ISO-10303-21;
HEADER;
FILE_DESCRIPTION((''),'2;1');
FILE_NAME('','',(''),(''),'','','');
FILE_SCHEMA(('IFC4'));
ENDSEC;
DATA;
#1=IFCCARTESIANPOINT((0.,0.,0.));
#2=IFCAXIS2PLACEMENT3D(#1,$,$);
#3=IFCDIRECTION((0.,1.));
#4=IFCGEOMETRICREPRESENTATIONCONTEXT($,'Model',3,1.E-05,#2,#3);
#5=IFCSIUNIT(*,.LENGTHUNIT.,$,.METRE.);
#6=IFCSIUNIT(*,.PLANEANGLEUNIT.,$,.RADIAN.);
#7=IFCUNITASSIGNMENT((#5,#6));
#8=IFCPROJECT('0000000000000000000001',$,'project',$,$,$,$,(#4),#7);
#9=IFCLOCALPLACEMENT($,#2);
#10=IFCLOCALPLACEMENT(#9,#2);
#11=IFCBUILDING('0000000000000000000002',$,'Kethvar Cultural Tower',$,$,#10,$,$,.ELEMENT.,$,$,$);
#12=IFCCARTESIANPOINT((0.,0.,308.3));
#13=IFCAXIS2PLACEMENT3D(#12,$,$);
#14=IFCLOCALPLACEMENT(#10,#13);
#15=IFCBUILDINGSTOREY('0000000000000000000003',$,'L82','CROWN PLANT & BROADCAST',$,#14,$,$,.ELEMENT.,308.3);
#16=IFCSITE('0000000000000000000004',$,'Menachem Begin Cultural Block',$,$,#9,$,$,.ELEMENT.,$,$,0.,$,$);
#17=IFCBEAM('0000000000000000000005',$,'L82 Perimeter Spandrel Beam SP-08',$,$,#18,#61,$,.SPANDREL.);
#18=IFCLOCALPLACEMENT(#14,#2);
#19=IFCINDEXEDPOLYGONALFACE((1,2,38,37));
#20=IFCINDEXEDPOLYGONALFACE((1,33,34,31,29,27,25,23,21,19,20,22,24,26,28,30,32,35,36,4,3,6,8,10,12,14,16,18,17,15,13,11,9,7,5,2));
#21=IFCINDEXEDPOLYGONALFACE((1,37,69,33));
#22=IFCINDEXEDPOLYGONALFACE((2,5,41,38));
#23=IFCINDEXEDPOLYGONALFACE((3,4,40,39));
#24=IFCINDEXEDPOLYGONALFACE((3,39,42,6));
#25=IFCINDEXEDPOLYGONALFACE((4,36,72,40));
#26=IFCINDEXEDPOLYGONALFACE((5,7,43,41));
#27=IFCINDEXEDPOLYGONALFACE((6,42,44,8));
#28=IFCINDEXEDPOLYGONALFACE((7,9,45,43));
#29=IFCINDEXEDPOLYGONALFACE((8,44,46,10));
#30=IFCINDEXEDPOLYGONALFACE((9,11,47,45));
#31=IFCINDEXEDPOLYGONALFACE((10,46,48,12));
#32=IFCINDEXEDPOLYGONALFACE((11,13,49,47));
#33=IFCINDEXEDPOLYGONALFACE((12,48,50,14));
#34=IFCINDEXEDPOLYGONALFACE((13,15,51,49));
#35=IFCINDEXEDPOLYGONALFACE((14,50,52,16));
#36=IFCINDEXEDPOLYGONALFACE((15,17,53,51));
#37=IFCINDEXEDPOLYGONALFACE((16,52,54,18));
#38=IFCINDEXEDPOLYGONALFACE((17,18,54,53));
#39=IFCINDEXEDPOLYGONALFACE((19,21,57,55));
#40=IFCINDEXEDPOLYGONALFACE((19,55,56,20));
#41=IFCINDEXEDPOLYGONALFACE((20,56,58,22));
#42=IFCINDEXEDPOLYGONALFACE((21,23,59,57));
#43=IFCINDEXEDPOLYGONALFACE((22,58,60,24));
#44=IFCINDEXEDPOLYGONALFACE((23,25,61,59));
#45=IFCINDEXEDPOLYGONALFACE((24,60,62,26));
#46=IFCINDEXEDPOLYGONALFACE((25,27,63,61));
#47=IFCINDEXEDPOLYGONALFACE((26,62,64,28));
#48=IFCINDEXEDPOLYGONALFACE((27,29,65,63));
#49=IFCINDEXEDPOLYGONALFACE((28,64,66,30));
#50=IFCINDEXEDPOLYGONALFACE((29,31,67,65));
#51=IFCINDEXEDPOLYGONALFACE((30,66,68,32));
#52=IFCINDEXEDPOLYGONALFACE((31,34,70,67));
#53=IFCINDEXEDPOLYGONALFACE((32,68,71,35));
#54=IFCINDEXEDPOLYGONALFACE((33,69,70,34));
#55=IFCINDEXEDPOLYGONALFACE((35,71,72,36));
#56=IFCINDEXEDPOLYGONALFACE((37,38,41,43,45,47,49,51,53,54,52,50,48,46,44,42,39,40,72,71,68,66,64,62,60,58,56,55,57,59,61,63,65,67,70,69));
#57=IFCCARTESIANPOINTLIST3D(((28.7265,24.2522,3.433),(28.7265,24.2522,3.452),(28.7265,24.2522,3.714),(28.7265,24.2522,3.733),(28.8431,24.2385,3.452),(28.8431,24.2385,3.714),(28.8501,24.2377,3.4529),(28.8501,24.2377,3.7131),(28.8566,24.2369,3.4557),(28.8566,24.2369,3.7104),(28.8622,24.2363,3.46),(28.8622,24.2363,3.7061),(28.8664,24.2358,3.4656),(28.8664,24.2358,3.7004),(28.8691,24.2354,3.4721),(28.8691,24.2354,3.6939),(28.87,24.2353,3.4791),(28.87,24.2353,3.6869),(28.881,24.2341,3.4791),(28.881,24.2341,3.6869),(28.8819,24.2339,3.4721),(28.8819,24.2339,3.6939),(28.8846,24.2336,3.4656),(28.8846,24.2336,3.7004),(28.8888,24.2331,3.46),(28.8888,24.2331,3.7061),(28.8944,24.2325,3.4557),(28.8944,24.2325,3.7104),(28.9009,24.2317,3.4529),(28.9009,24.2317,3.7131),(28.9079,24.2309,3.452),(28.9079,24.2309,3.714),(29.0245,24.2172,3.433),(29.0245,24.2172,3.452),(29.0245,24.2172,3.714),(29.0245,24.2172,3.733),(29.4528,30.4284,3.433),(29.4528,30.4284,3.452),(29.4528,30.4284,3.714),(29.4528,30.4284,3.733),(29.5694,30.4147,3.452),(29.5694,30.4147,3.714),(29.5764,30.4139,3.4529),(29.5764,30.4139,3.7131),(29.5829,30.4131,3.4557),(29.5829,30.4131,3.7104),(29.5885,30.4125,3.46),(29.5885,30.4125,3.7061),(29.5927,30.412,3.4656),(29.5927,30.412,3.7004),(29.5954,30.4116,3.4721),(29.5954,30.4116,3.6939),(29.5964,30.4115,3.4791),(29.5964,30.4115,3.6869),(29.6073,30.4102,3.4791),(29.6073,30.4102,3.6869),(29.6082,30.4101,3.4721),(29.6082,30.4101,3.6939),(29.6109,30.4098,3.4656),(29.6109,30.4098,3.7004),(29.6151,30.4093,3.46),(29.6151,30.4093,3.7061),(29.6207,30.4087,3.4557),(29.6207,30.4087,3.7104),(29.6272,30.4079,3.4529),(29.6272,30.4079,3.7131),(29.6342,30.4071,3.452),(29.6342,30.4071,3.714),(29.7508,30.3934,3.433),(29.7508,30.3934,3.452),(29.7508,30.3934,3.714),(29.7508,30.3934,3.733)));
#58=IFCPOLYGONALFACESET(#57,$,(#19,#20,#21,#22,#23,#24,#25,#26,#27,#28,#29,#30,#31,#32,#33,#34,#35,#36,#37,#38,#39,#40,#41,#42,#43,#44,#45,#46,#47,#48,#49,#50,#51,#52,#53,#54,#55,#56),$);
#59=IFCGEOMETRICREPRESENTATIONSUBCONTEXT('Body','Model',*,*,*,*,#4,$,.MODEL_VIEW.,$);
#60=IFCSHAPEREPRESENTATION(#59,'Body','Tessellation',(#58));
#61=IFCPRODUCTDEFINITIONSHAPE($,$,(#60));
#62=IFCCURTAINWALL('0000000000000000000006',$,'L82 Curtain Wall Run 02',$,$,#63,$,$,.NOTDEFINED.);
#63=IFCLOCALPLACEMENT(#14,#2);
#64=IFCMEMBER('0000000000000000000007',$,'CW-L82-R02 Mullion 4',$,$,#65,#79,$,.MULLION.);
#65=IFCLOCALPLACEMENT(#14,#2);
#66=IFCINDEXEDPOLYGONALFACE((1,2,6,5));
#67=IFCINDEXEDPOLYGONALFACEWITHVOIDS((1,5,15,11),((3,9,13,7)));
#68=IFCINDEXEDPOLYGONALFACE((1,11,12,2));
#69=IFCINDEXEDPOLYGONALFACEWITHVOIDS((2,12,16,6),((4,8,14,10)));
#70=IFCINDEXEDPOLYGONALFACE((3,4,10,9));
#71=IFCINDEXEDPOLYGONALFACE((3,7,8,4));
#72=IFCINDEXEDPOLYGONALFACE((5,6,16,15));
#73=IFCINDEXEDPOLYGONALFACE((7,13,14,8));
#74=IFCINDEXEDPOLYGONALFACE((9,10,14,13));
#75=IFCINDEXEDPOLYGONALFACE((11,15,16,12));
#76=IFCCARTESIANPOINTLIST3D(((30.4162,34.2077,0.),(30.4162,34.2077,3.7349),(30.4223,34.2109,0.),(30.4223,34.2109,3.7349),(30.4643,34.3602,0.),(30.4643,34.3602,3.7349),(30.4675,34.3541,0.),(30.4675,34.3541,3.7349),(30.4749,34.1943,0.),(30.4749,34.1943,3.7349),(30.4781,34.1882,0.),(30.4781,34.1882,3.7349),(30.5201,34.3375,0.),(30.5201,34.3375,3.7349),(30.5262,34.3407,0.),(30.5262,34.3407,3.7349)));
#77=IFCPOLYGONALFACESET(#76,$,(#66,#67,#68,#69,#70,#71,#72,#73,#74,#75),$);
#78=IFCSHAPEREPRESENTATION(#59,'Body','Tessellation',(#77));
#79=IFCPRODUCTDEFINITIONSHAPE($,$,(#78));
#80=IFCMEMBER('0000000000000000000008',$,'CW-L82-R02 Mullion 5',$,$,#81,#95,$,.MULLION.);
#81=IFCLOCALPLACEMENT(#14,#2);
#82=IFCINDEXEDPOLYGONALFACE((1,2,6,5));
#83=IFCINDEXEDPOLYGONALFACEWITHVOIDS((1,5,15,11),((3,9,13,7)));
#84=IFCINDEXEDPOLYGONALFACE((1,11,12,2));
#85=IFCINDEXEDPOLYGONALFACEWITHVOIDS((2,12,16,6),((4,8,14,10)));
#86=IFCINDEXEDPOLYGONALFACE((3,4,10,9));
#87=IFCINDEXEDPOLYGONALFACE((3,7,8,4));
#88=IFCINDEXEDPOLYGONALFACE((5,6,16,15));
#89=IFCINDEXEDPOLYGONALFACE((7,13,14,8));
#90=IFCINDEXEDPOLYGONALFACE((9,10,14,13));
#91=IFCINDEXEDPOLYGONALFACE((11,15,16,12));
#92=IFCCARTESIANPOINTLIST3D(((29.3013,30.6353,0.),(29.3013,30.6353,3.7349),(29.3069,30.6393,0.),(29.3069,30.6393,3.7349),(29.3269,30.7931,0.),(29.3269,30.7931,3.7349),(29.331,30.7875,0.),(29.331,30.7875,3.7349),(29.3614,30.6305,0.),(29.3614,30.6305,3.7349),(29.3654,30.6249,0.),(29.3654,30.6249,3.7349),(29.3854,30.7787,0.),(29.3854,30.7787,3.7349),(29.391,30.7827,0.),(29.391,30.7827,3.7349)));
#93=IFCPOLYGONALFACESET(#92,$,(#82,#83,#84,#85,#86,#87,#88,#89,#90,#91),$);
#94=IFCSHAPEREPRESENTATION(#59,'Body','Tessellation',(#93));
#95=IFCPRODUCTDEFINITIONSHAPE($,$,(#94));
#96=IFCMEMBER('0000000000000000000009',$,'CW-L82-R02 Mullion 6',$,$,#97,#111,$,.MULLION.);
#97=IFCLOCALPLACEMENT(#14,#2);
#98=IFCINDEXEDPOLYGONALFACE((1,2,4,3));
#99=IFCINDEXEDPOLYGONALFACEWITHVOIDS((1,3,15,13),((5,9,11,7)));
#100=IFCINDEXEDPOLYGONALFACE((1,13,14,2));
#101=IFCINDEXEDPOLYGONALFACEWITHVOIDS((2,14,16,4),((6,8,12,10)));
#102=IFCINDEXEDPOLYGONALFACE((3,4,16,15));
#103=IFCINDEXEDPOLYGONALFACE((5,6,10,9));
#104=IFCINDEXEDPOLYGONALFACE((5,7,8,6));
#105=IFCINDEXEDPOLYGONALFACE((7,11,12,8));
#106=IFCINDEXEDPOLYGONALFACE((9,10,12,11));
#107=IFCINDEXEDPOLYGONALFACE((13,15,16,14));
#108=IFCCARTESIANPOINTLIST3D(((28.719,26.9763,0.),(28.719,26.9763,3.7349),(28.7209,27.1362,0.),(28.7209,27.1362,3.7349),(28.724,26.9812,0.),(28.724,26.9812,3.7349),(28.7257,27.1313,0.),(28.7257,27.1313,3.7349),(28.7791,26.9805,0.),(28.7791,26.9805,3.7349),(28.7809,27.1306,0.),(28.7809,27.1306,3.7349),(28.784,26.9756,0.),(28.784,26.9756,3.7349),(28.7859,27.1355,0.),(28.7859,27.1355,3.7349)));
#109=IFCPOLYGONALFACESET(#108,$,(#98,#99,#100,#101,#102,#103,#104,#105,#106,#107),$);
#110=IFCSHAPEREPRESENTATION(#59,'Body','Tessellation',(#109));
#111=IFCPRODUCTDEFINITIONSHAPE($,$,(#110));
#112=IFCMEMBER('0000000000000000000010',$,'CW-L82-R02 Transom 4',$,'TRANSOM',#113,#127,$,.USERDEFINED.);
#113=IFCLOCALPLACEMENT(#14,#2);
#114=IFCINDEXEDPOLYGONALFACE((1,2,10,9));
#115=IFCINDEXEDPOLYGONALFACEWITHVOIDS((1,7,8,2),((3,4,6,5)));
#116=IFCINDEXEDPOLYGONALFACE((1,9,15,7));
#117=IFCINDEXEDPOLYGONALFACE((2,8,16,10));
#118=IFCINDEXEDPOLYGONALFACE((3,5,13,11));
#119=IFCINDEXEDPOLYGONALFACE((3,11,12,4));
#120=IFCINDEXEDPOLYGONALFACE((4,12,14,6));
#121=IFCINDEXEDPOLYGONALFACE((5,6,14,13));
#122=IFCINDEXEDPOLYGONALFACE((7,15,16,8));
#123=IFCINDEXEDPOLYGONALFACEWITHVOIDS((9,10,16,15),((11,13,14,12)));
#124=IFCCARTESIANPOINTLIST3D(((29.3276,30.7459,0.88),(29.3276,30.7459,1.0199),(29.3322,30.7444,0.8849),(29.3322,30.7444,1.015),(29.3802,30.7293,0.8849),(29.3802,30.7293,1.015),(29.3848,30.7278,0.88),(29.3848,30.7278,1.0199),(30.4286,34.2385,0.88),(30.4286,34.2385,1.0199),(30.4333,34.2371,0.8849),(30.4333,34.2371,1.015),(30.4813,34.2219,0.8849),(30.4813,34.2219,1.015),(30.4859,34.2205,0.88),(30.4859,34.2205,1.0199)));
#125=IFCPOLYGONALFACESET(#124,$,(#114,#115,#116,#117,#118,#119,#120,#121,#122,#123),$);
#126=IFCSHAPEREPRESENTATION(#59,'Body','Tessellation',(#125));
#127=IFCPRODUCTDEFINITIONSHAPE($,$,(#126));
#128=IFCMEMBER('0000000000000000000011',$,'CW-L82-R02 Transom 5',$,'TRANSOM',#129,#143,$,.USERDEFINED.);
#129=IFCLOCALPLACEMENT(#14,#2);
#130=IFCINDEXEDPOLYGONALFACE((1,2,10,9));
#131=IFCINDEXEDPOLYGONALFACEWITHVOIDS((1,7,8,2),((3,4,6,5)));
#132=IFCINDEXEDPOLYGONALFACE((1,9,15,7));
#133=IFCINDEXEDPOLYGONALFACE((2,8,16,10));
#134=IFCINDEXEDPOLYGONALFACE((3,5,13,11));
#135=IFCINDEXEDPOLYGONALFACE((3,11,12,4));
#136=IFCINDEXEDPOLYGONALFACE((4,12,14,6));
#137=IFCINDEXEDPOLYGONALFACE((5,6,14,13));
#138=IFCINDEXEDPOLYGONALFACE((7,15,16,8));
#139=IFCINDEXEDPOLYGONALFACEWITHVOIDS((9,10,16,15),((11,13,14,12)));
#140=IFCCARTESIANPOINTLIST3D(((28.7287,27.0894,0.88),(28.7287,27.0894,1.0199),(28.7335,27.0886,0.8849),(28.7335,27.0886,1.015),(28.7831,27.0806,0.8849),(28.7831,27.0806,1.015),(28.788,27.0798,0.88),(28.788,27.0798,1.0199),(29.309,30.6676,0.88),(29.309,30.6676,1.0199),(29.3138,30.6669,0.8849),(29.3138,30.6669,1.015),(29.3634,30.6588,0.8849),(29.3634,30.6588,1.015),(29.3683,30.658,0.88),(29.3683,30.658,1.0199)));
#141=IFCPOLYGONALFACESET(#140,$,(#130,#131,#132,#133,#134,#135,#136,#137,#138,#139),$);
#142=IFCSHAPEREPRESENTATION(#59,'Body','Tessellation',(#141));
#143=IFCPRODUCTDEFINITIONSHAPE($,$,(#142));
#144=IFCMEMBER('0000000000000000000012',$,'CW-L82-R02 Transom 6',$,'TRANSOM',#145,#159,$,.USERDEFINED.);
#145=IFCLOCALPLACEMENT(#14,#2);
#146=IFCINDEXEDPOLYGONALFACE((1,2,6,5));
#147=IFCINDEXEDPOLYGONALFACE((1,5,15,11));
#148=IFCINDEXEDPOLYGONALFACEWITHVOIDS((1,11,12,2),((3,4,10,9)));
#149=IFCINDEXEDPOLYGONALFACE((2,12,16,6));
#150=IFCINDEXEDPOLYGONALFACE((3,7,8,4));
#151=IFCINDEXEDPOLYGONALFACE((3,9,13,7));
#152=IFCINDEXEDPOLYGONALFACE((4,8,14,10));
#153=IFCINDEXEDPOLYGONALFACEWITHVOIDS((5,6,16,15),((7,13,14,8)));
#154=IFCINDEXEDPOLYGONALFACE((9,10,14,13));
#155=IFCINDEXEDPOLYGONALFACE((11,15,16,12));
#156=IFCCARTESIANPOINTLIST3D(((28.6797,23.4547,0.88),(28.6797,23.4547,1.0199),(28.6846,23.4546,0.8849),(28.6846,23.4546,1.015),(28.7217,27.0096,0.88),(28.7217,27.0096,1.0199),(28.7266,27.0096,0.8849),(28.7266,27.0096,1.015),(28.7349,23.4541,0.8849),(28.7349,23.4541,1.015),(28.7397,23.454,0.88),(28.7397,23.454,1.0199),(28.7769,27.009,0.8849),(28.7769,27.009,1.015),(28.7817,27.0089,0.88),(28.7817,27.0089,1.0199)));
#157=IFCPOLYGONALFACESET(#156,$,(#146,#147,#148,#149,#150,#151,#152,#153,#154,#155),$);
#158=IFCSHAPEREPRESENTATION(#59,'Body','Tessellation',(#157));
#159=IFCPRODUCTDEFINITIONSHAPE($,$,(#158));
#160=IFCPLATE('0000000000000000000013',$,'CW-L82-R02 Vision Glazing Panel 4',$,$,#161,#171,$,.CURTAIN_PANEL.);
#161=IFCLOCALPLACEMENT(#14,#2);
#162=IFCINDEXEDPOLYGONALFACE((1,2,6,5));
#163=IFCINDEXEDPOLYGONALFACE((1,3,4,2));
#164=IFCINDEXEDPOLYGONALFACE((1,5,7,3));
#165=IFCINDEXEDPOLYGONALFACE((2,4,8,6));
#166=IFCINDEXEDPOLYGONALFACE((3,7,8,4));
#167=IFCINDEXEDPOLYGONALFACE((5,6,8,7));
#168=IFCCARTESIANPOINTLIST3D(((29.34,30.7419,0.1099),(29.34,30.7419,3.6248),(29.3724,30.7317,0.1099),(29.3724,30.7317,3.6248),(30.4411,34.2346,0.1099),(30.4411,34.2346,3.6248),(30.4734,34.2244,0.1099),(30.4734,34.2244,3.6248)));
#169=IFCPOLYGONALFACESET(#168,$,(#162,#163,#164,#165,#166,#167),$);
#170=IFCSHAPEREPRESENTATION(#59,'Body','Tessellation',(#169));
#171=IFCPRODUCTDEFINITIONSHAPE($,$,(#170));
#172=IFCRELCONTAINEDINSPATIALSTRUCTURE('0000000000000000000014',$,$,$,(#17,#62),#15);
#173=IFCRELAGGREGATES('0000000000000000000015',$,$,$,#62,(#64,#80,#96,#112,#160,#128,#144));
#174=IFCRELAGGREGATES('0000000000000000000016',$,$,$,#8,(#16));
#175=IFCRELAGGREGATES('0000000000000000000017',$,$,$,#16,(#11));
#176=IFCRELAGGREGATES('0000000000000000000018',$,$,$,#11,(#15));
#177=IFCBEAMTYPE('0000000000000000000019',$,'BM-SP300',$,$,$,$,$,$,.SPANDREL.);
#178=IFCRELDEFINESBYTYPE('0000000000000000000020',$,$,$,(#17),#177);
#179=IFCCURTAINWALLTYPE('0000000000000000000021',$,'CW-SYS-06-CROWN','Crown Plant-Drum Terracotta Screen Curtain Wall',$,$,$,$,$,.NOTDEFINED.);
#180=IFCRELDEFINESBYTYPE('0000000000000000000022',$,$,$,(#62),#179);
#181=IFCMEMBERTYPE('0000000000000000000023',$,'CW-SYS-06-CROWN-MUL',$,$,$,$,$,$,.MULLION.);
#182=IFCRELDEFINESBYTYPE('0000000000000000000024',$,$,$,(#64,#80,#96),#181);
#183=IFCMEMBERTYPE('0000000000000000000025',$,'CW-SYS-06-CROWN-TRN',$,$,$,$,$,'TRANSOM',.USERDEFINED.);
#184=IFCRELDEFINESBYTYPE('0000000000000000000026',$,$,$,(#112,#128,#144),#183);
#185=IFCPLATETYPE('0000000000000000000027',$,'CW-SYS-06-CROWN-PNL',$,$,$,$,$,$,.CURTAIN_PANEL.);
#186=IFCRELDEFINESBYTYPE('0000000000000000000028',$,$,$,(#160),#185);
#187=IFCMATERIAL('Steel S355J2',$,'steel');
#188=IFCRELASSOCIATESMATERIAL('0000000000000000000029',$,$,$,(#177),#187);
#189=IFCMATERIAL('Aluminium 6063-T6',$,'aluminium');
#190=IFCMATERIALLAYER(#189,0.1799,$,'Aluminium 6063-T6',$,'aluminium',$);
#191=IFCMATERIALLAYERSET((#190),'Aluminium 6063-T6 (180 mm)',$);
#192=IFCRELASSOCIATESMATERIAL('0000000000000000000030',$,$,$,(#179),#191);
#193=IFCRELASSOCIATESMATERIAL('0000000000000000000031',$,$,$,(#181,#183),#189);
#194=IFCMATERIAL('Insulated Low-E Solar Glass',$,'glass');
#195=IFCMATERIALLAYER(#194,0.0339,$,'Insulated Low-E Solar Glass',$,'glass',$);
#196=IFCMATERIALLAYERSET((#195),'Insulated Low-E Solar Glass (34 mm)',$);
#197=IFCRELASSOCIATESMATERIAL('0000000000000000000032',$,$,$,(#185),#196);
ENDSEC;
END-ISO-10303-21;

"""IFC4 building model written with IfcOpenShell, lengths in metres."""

from ifc_helpers import new_model, si_unit, direction, frame, origin, origin_2d, place, context, subcontext, project, spatial, rectangle, hollow_rectangle, i_section, extrude, source, transform, mapped, material, layer, layer_set, material_profile, profile_set, type_object, element, aggregate, save


model = new_model("IFC4")

# Units and contexts
model_context = context("Model", 3, precision=1e-05, world=origin(), true_north=direction((0.0, 1.0)))
body_context = subcontext(model_context, "Body", "Model", "MODEL_VIEW")
ifc_project = project(units=[si_unit("LENGTHUNIT", "METRE"), si_unit("PLANEANGLEUNIT", "RADIAN")], contexts=[model_context])

# Site, building, storey
site_placement = place(None, origin())
site = spatial("IfcSite", under=ifc_project, at=site_placement, Name="Menachem Begin Cultural Block", CompositionType="ELEMENT", RefElevation=0.0)
building_placement = place(site_placement, origin())
building = spatial("IfcBuilding", under=site, at=building_placement, Name="Kethvar Cultural Tower", CompositionType="ELEMENT")
storey_placement = place(building_placement, frame((0.0, 0.0, 308.3)))
storey = spatial("IfcBuildingStorey", under=building, at=storey_placement, Name="L82", Description="CROWN PLANT & BROADCAST", CompositionType="ELEMENT", Elevation=308.3)

# Shared definitions
ifc_material_1 = material(Name="Steel S355J2", Category="steel")

# Beam
ifc_material_profile_1 = material_profile(ifc_material_1, i_section(OverallWidth=0.3, OverallDepth=0.3, WebThickness=0.011, FlangeThickness=0.019, FilletRadius=0.0271, at=origin_2d()), Name="Steel S355J2 — HEB300")
ifc_profile_set_1 = profile_set([ifc_material_profile_1], Name="Steel S355J2 — HEB300")
beam_type_1 = type_object("IfcBeamType", Name="BM-SP300", PredefinedType="SPANDREL", material=ifc_profile_set_1)
shared_shape_1 = source(origin(), body_context, "Body", "SweptSolid", [
    extrude(i_section(OverallWidth=0.3, OverallDepth=0.3, WebThickness=0.011, FlangeThickness=0.019, FilletRadius=0.0271, at=origin_2d()), origin(), (0.0, 0.0, 1.0), 6.2188),
])
beam_1_placement = place(storey_placement, frame((29.6018, 30.4109, 3.583), z_axis=(-0.116793, -0.993156, 0.0), x_axis=(0.993156, -0.116793, 0.0)))
element("IfcBeam", 1, at=beam_1_placement, inside=storey, type_object=beam_type_1, Name="L82 Perimeter Spandrel Beam SP-08", PredefinedType="SPANDREL", context=body_context, shape_type="MappedRepresentation", body=[
    mapped(shared_shape_1, transform((0.0, 0.0, 0.0), scale=1.0)),
])

# Curtain wall, members, plate
ifc_material_2 = material(Name="Aluminium 6063-T6", Category="aluminium")
ifc_layer_1 = layer(ifc_material_2, 0.1799, Name="Aluminium 6063-T6", Category="aluminium")
ifc_layer_set_1 = layer_set([ifc_layer_1], Name="Aluminium 6063-T6 (180 mm)")
curtain_wall_type = type_object("IfcCurtainWallType", Name="CW-SYS-06-CROWN", Description="Crown Plant-Drum Terracotta Screen Curtain Wall", PredefinedType="NOTDEFINED", material=ifc_layer_set_1)
curtain_wall_placement = place(storey_placement, origin())
curtain_wall = element("IfcCurtainWall", 2, at=curtain_wall_placement, inside=storey, type_object=curtain_wall_type, Name="L82 Curtain Wall Run 02", PredefinedType="NOTDEFINED")
ifc_material_profile_2 = material_profile(ifc_material_2, hollow_rectangle(XDim=0.0649, YDim=0.1599, WallThickness=0.0049, at=origin_2d()), Name="Aluminium 6063-T6 — RHS160x65x5")
ifc_profile_set_2 = profile_set([ifc_material_profile_2], Name="Aluminium 6063-T6 — RHS160x65x5")
member_type_1 = type_object("IfcMemberType", Name="CW-SYS-06-CROWN-MUL", PredefinedType="MULLION", material=ifc_profile_set_2)
shared_shape_2 = source(origin(), body_context, "Body", "SweptSolid", [
    extrude(hollow_rectangle(XDim=0.0649, YDim=0.1599, WallThickness=0.0049, at=origin_2d()), origin(), (0.0, 0.0, 1.0), 3.7349),
])
member_1_placement = place(storey_placement, frame((30.4712, 34.2742, 0.0), z_axis=(0.0, 0.0, 1.0), x_axis=(0.953733, -0.300656, 0.0)))
member_1 = element("IfcMember", 3, at=member_1_placement, type_object=member_type_1, Name="CW-L82-R02 Mullion 4", PredefinedType="MULLION", context=body_context, shape_type="MappedRepresentation", body=[
    mapped(shared_shape_2, transform((0.0, 0.0, 0.0), scale=1.0)),
])
member_2_placement = place(storey_placement, frame((29.3462, 30.709, 0.0), z_axis=(0.0, 0.0, 1.0), x_axis=(0.987106, -0.160071, 0.0)))
member_2 = element("IfcMember", 4, at=member_2_placement, type_object=member_type_1, Name="CW-L82-R02 Mullion 5", PredefinedType="MULLION", context=body_context, shape_type="MappedRepresentation", body=[
    mapped(shared_shape_2, transform((0.0, 0.0, 0.0), scale=1.0)),
])
member_3_placement = place(storey_placement, frame((28.7524, 27.0559, 0.0), z_axis=(0.0, 0.0, 1.0), x_axis=(0.99993, -0.011868, 0.0)))
member_3 = element("IfcMember", 5, at=member_3_placement, type_object=member_type_1, Name="CW-L82-R02 Mullion 6", PredefinedType="MULLION", context=body_context, shape_type="MappedRepresentation", body=[
    mapped(shared_shape_2, transform((0.0, 0.0, 0.0), scale=1.0)),
])
ifc_material_profile_3 = material_profile(ifc_material_2, hollow_rectangle(XDim=0.0601, YDim=0.1399, WallThickness=0.0049, at=origin_2d()), Name="Aluminium 6063-T6 — RHS140x60x5")
ifc_profile_set_3 = profile_set([ifc_material_profile_3], Name="Aluminium 6063-T6 — RHS140x60x5")
member_type_2 = type_object("IfcMemberType", Name="CW-SYS-06-CROWN-TRN", ElementType="TRANSOM", PredefinedType="USERDEFINED", material=ifc_profile_set_3)
shared_shape_3 = source(origin(), body_context, "Body", "SweptSolid", [
    extrude(hollow_rectangle(XDim=0.0601, YDim=0.1399, WallThickness=0.0049, at=origin_2d()), origin(), (0.0, 0.0, 1.0), 3.6621),
])
member_4_placement = place(storey_placement, frame((30.4573, 34.2295, 0.95), z_axis=(-0.300666, -0.95373, 0.0), x_axis=(0.95373, -0.300666, 0.0)))
member_4 = element("IfcMember", 6, at=member_4_placement, type_object=member_type_2, Name="CW-L82-R02 Transom 4", ObjectType="TRANSOM", PredefinedType="USERDEFINED", context=body_context, shape_type="MappedRepresentation", body=[
    mapped(shared_shape_3, transform((0.0, 0.0, 0.0), scale=1.0)),
])
shared_shape_4 = source(origin(), body_context, "Body", "SweptSolid", [
    extrude(hollow_rectangle(XDim=0.0601, YDim=0.1399, WallThickness=0.0049, at=origin_2d()), origin(), (0.0, 0.0, 1.0), 3.625),
])
member_5_placement = place(storey_placement, frame((29.3386, 30.6628, 0.95), z_axis=(-0.160084, -0.987103, 0.0), x_axis=(0.987103, -0.160084, 0.0)))
member_5 = element("IfcMember", 7, at=member_5_placement, type_object=member_type_2, Name="CW-L82-R02 Transom 5", ObjectType="TRANSOM", PredefinedType="USERDEFINED", context=body_context, shape_type="MappedRepresentation", body=[
    mapped(shared_shape_4, transform((0.0, 0.0, 0.0), scale=1.0)),
])
shared_shape_5 = source(origin(), body_context, "Body", "SweptSolid", [
    extrude(hollow_rectangle(XDim=0.0601, YDim=0.1399, WallThickness=0.0049, at=origin_2d()), origin(), (0.0, 0.0, 1.0), 3.5552),
])
member_6_placement = place(storey_placement, frame((28.7517, 27.0093, 0.95), z_axis=(-0.011812, -0.99993, 0.0), x_axis=(0.99993, -0.011812, 0.0)))
member_6 = element("IfcMember", 8, at=member_6_placement, type_object=member_type_2, Name="CW-L82-R02 Transom 6", ObjectType="TRANSOM", PredefinedType="USERDEFINED", context=body_context, shape_type="MappedRepresentation", body=[
    mapped(shared_shape_5, transform((0.0, 0.0, 0.0), scale=1.0)),
])
ifc_material_3 = material(Name="Insulated Low-E Solar Glass", Category="glass")
ifc_layer_2 = layer(ifc_material_3, 0.0339, Name="Insulated Low-E Solar Glass", Category="glass")
ifc_layer_set_2 = layer_set([ifc_layer_2], Name="Insulated Low-E Solar Glass (34 mm)")
plate_type = type_object("IfcPlateType", Name="CW-SYS-06-CROWN-PNL", PredefinedType="CURTAIN_PANEL", material=ifc_layer_set_2)
shared_shape_6 = source(origin(), body_context, "Body", "SweptSolid", [
    extrude(rectangle(XDim=3.6621, YDim=0.0339, at=origin_2d()), origin(), (0.0, 0.0, 1.0), 3.5149),
])
plate_1_placement = place(storey_placement, frame((29.9067, 32.4832, 0.1099), z_axis=(0.0, 0.0, 1.0), x_axis=(-0.300656, -0.953733, 0.0)))
plate_1 = element("IfcPlate", 9, at=plate_1_placement, type_object=plate_type, Name="CW-L82-R02 Vision Glazing Panel 4", PredefinedType="CURTAIN_PANEL", context=body_context, shape_type="MappedRepresentation", body=[
    mapped(shared_shape_6, transform((0.0, 0.0, 0.0), scale=1.0)),
])
aggregate(curtain_wall, [member_1, member_2, member_3, member_4, plate_1, member_5, member_6])

save(model, "model.ifc")
